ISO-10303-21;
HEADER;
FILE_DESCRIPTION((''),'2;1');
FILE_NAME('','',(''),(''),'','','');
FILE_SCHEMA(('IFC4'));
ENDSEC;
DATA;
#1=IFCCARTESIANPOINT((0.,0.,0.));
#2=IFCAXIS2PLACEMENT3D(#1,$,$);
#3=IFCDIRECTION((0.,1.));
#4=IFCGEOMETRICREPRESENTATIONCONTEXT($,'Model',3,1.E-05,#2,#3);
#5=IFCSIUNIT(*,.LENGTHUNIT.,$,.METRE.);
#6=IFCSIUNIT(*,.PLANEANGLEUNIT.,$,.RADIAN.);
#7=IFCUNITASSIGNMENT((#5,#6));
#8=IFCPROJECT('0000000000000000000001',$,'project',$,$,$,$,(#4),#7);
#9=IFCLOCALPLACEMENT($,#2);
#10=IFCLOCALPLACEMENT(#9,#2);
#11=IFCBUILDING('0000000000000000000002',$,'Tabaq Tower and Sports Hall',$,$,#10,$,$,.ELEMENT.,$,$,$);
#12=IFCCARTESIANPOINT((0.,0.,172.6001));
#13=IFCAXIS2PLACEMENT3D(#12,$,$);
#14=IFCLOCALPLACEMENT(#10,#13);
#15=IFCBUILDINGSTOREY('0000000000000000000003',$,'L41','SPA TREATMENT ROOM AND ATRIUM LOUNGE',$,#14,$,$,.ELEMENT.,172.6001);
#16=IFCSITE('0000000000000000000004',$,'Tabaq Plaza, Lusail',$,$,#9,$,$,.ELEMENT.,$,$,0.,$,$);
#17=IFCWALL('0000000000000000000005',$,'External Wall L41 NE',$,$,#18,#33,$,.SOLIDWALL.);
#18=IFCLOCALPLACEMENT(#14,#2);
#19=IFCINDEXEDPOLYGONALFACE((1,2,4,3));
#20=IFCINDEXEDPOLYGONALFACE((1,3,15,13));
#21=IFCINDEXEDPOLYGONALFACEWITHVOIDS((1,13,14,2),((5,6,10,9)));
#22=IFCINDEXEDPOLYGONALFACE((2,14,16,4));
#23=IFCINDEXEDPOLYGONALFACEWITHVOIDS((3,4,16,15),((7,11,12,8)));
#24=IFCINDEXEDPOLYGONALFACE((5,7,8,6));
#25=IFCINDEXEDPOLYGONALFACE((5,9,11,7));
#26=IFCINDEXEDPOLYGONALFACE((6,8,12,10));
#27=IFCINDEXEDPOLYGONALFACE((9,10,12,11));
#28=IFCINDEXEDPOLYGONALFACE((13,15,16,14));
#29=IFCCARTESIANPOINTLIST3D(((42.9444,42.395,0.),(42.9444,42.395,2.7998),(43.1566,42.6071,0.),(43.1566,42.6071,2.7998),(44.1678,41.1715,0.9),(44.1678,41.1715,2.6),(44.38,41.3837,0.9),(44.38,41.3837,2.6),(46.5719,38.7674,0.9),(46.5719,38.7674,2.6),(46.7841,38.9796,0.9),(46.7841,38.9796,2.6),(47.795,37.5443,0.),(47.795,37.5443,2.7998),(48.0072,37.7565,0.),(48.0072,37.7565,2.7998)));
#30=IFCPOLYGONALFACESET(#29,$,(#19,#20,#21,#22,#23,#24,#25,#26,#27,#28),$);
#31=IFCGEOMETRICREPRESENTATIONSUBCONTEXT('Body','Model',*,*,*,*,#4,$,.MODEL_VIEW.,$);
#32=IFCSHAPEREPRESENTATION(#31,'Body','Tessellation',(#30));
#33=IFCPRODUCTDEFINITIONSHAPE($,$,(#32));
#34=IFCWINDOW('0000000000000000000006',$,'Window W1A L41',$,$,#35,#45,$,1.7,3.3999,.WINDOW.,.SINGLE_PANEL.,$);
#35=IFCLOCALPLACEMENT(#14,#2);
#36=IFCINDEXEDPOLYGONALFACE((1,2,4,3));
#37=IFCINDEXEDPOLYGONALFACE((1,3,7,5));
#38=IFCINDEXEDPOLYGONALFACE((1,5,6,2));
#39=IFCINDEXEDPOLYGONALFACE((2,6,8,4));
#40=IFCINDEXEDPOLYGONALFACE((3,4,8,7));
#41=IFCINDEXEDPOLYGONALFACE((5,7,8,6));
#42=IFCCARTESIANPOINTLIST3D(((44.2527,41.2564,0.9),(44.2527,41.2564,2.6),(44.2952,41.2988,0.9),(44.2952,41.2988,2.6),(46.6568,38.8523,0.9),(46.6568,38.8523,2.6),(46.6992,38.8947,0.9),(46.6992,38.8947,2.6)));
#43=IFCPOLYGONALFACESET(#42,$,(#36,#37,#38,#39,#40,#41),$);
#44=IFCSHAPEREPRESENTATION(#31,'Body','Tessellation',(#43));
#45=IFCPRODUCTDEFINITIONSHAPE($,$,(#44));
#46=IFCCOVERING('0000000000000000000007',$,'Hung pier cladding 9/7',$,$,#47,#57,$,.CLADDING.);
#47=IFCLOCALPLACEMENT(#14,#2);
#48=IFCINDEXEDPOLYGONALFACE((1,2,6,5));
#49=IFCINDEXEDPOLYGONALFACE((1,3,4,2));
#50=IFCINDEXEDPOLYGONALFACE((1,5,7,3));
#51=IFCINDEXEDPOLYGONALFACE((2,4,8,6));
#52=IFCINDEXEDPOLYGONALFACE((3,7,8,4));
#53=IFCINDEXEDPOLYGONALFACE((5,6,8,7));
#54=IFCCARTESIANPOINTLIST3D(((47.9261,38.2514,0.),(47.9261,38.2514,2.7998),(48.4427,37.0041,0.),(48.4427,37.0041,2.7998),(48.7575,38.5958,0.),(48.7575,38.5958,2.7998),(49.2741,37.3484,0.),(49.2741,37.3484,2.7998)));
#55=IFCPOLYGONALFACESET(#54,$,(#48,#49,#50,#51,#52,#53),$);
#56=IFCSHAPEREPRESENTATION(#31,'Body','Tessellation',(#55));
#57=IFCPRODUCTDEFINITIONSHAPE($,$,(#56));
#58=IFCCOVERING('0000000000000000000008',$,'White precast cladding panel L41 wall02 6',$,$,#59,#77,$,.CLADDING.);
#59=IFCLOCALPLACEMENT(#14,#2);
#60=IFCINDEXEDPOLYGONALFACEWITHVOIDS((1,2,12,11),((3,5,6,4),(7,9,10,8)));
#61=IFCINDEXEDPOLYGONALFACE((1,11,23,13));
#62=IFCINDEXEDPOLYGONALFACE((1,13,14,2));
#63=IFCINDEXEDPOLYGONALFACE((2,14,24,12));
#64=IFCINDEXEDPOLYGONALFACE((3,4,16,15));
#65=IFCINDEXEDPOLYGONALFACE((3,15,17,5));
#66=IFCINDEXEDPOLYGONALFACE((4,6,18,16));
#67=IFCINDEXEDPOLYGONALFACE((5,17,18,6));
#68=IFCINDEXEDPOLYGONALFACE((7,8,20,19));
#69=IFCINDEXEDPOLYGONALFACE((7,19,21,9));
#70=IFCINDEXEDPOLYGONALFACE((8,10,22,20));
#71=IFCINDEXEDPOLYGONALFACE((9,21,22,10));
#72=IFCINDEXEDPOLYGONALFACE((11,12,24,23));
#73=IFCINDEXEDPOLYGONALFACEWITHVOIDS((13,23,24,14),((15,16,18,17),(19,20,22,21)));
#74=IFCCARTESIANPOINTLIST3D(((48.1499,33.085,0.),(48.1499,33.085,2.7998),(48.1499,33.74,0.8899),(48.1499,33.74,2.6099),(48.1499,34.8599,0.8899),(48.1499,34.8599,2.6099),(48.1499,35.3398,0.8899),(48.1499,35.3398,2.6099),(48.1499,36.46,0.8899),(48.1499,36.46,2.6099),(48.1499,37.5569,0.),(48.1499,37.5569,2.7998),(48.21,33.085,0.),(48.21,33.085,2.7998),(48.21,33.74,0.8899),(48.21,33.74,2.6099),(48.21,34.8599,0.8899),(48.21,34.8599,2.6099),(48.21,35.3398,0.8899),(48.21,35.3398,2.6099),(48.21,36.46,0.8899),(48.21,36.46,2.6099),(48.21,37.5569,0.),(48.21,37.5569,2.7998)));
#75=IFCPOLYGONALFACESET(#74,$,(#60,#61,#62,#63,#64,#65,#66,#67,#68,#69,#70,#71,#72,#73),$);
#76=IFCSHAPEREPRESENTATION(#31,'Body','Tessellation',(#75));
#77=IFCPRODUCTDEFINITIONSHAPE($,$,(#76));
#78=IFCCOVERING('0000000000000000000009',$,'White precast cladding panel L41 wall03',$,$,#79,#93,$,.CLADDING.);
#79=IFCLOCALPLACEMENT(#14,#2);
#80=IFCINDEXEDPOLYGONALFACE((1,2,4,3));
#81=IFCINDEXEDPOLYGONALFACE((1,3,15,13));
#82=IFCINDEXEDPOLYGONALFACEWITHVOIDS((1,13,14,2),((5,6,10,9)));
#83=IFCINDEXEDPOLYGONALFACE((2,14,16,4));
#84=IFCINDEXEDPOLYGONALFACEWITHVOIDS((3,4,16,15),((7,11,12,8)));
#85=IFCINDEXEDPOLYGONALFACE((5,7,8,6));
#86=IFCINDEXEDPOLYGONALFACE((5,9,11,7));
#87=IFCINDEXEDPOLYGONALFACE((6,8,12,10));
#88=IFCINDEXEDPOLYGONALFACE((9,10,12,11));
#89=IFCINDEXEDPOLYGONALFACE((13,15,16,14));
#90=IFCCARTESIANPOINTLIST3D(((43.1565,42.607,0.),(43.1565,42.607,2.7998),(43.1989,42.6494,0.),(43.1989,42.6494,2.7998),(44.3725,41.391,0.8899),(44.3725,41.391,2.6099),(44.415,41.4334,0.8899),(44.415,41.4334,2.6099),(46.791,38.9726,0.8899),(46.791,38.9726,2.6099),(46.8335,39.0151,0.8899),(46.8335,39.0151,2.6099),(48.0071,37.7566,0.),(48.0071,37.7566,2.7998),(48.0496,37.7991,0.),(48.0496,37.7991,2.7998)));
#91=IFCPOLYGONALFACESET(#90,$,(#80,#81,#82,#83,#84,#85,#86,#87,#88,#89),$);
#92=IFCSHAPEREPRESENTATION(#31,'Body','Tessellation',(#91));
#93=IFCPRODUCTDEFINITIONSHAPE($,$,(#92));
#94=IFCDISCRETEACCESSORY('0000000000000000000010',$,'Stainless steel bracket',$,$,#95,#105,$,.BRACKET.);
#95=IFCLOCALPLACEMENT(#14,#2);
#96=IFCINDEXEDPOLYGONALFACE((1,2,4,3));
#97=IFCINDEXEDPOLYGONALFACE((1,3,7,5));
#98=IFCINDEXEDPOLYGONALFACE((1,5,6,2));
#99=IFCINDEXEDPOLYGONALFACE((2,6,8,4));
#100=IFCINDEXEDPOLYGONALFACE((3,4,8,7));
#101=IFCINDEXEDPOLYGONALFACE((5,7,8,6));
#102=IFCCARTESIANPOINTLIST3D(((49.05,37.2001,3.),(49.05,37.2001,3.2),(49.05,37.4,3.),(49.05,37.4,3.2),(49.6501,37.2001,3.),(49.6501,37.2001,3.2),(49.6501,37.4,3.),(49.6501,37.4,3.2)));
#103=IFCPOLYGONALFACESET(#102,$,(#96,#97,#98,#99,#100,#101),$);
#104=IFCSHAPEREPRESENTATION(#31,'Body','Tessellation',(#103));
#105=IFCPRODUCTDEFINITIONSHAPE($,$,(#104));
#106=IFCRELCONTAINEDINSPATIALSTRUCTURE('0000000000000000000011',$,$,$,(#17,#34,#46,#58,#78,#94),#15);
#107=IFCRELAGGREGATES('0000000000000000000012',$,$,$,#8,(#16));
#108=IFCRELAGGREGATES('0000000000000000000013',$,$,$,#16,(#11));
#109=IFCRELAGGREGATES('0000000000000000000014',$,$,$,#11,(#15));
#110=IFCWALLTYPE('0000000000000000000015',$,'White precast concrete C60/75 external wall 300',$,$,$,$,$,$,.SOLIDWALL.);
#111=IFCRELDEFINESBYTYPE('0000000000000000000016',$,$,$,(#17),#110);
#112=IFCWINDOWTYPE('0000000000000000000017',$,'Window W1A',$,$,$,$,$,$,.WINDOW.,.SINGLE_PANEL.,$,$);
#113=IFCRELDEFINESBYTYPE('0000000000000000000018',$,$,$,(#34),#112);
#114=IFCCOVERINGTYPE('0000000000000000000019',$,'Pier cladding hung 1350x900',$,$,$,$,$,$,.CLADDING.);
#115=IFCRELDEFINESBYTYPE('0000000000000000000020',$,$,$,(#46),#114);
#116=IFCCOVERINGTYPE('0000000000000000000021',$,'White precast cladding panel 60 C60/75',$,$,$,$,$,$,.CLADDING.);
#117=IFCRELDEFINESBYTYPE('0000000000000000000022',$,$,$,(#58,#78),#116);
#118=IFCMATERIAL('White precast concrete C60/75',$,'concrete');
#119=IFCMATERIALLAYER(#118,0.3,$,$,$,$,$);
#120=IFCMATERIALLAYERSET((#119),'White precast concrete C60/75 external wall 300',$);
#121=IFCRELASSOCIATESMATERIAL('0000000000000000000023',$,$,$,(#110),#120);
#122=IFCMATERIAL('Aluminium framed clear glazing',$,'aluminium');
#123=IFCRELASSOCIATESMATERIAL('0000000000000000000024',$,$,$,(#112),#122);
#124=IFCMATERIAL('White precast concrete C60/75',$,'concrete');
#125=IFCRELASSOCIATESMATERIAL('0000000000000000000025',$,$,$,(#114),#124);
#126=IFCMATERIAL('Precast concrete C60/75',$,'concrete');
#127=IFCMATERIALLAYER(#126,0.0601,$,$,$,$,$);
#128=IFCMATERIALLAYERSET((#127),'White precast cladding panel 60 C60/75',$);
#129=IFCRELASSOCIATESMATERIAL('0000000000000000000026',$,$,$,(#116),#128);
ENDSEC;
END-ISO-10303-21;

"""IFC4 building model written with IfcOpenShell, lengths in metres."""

from ifc_helpers import new_model, si_unit, direction, frame, frame_2d, origin, origin_2d, place, context, subcontext, project, spatial, polyline, rectangle, outline, extrude, material, layer, layer_set, type_object, element, fill, save


model = new_model("IFC4")

# Units and contexts
model_context = context("Model", 3, precision=1e-05, world=origin(), true_north=direction((0.0, 1.0)))
body_context = subcontext(model_context, "Body", "Model", "MODEL_VIEW")
ifc_project = project(units=[si_unit("LENGTHUNIT", "METRE"), si_unit("PLANEANGLEUNIT", "RADIAN")], contexts=[model_context])

# Site, building, storey
site_placement = place(None, origin())
site = spatial("IfcSite", under=ifc_project, at=site_placement, Name="Tabaq Plaza, Lusail", CompositionType="ELEMENT", RefElevation=0.0)
building_placement = place(site_placement, origin())
building = spatial("IfcBuilding", under=site, at=building_placement, Name="Tabaq Tower and Sports Hall", CompositionType="ELEMENT")
storey_placement = place(building_placement, frame((0.0, 0.0, 172.6001)))
storey = spatial("IfcBuildingStorey", under=building, at=storey_placement, Name="L41", Description="SPA TREATMENT ROOM AND ATRIUM LOUNGE", CompositionType="ELEMENT", Elevation=172.6001)

# Wall, opening, window
ifc_material_1 = material(Name="White precast concrete C60/75", Category="concrete")
ifc_layer_1 = layer(ifc_material_1, 0.3)
ifc_layer_set_1 = layer_set([ifc_layer_1], Name="White precast concrete C60/75 external wall 300")
wall_type_1 = type_object("IfcWallType", Name="White precast concrete C60/75 external wall 300", PredefinedType="SOLIDWALL", material=ifc_layer_set_1)
wall_1_placement = place(storey_placement, frame((47.9011, 37.6504, 0.0), z_axis=(0.0, 0.0, 1.0), x_axis=(-0.707107, 0.707107, 0.0)))
wall_1 = element("IfcWall", 1, at=wall_1_placement, inside=storey, type_object=wall_type_1, Name="External Wall L41 NE", PredefinedType="SOLIDWALL", context=body_context, shape_type="SweptSolid", body=[
    extrude(rectangle(XDim=6.8599, YDim=0.3, at=frame_2d((3.4299, 0.0))), origin(), (0.0, 0.0, 1.0), 2.7998),
])
opening_1_placement = place(wall_1_placement, frame((1.7297, 0.0, 0.8999)))
opening_1 = element("IfcOpeningElement", 2, at=opening_1_placement, cuts=wall_1, PredefinedType="OPENING", context=body_context, shape_type="SweptSolid", body=[
    extrude(rectangle(XDim=3.3999, YDim=1.7, at=frame_2d((1.7, 0.8501))), frame((0.0, 0.1602, 0.0), z_axis=(0.0, -1.0, 0.0), x_axis=(1.0, 0.0, 0.0)), (0.0, 0.0, 1.0), 0.3201),
])
ifc_material_2 = material(Name="Aluminium framed clear glazing", Category="aluminium")
window_type = type_object("IfcWindowType", Name="Window W1A", PartitioningType="SINGLE_PANEL", PredefinedType="WINDOW", material=ifc_material_2)
window_placement = place(opening_1_placement, origin())
window = element("IfcWindow", 3, at=window_placement, inside=storey, type_object=window_type, Name="Window W1A L41", OverallHeight=1.7, OverallWidth=3.3999, PartitioningType="SINGLE_PANEL", PredefinedType="WINDOW", context=body_context, shape_type="SweptSolid", body=[
    extrude(rectangle(XDim=3.3999, YDim=1.7, at=frame_2d((1.7, 0.8501))), frame((0.0, 0.03, 0.0), z_axis=(0.0, -1.0, 0.0), x_axis=(1.0, 0.0, 0.0)), (0.0, 0.0, 1.0), 0.0601),
])
fill(opening_1, window)

# Coverings
ifc_material_3 = material(Name="White precast concrete C60/75", Category="concrete")
covering_type_1 = type_object("IfcCoveringType", Name="Pier cladding hung 1350x900", PredefinedType="CLADDING", material=ifc_material_3)
covering_1_placement = place(storey_placement, frame((48.8584, 37.1763, 0.0), z_axis=(0.0, 0.0, 1.0), x_axis=(-0.38265, 0.923893, 0.0)))
element("IfcCovering", 4, at=covering_1_placement, inside=storey, type_object=covering_type_1, Name="Hung pier cladding 9/7", PredefinedType="CLADDING", context=body_context, shape_type="SweptSolid", body=[
    extrude(rectangle(XDim=1.3501, YDim=0.8999, at=frame_2d((0.675, 0.0))), origin(), (0.0, 0.0, 1.0), 2.7998),
])
ifc_material_4 = material(Name="Precast concrete C60/75", Category="concrete")
ifc_layer_2 = layer(ifc_material_4, 0.0601)
ifc_layer_set_2 = layer_set([ifc_layer_2], Name="White precast cladding panel 60 C60/75")
covering_type_2 = type_object("IfcCoveringType", Name="White precast cladding panel 60 C60/75", PredefinedType="CLADDING", material=ifc_layer_set_2)
covering_2_placement = place(storey_placement, frame((48.1799, 33.085, 0.0), z_axis=(0.0, 0.0, 1.0), x_axis=(0.0, 1.0, 0.0)))
element("IfcCovering", 5, at=covering_2_placement, inside=storey, type_object=covering_type_2, Name="White precast cladding panel L41 wall02 6", PredefinedType="CLADDING", context=body_context, shape_type="SweptSolid", body=[
    extrude(outline(polyline([(0.0, 0.0), (4.4719, 0.0), (4.4719, 2.7998), (0.0, 2.7998), (0.0, 0.0)]), holes=[polyline([(0.655, 2.6099), (1.7749, 2.6099), (1.7749, 0.8899), (0.655, 0.8899), (0.655, 2.6099)]), polyline([(2.2549, 2.6099), (3.375, 2.6099), (3.375, 0.8899), (2.2549, 0.8899), (2.2549, 2.6099)])]), frame((0.0, 0.03, 0.0), z_axis=(0.0, -1.0, 0.0), x_axis=(1.0, 0.0, 0.0)), (0.0, 0.0, 1.0), 0.0601),
])
covering_3_placement = place(storey_placement, frame((48.0283, 37.7778, 0.0), z_axis=(0.0, 0.0, 1.0), x_axis=(-0.707125, 0.707089, 0.0)))
element("IfcCovering", 6, at=covering_3_placement, inside=storey, type_object=covering_type_2, Name="White precast cladding panel L41 wall03", PredefinedType="CLADDING", context=body_context, shape_type="SweptSolid", body=[
    extrude(outline(polyline([(0.0, 0.0), (6.8596, 0.0), (6.8596, 2.7998), (0.0, 2.7998), (0.0, 0.0)]), holes=[polyline([(1.7197, 0.8899), (1.7197, 2.6099), (5.1399, 2.6099), (5.1399, 0.8899), (1.7197, 0.8899)])]), frame((0.0, 0.03, 0.0), z_axis=(0.0, -1.0, 0.0), x_axis=(1.0, 0.0, 0.0)), (0.0, 0.0, 1.0), 0.0601),
])

# Discrete accessory
discrete_accessory_placement = place(storey_placement, frame((49.3501, 37.3, 3.0), z_axis=(0.0, 0.0, 1.0), x_axis=(1.0, 0.0, 0.0)))
element("IfcDiscreteAccessory", 7, at=discrete_accessory_placement, inside=storey, Name="Stainless steel bracket", PredefinedType="BRACKET", context=body_context, shape_type="SweptSolid", body=[
    extrude(rectangle(XDim=0.6001, YDim=0.2, at=origin_2d()), origin(), (0.0, 0.0, 1.0), 0.2),
])

save(model, "model.ifc")
